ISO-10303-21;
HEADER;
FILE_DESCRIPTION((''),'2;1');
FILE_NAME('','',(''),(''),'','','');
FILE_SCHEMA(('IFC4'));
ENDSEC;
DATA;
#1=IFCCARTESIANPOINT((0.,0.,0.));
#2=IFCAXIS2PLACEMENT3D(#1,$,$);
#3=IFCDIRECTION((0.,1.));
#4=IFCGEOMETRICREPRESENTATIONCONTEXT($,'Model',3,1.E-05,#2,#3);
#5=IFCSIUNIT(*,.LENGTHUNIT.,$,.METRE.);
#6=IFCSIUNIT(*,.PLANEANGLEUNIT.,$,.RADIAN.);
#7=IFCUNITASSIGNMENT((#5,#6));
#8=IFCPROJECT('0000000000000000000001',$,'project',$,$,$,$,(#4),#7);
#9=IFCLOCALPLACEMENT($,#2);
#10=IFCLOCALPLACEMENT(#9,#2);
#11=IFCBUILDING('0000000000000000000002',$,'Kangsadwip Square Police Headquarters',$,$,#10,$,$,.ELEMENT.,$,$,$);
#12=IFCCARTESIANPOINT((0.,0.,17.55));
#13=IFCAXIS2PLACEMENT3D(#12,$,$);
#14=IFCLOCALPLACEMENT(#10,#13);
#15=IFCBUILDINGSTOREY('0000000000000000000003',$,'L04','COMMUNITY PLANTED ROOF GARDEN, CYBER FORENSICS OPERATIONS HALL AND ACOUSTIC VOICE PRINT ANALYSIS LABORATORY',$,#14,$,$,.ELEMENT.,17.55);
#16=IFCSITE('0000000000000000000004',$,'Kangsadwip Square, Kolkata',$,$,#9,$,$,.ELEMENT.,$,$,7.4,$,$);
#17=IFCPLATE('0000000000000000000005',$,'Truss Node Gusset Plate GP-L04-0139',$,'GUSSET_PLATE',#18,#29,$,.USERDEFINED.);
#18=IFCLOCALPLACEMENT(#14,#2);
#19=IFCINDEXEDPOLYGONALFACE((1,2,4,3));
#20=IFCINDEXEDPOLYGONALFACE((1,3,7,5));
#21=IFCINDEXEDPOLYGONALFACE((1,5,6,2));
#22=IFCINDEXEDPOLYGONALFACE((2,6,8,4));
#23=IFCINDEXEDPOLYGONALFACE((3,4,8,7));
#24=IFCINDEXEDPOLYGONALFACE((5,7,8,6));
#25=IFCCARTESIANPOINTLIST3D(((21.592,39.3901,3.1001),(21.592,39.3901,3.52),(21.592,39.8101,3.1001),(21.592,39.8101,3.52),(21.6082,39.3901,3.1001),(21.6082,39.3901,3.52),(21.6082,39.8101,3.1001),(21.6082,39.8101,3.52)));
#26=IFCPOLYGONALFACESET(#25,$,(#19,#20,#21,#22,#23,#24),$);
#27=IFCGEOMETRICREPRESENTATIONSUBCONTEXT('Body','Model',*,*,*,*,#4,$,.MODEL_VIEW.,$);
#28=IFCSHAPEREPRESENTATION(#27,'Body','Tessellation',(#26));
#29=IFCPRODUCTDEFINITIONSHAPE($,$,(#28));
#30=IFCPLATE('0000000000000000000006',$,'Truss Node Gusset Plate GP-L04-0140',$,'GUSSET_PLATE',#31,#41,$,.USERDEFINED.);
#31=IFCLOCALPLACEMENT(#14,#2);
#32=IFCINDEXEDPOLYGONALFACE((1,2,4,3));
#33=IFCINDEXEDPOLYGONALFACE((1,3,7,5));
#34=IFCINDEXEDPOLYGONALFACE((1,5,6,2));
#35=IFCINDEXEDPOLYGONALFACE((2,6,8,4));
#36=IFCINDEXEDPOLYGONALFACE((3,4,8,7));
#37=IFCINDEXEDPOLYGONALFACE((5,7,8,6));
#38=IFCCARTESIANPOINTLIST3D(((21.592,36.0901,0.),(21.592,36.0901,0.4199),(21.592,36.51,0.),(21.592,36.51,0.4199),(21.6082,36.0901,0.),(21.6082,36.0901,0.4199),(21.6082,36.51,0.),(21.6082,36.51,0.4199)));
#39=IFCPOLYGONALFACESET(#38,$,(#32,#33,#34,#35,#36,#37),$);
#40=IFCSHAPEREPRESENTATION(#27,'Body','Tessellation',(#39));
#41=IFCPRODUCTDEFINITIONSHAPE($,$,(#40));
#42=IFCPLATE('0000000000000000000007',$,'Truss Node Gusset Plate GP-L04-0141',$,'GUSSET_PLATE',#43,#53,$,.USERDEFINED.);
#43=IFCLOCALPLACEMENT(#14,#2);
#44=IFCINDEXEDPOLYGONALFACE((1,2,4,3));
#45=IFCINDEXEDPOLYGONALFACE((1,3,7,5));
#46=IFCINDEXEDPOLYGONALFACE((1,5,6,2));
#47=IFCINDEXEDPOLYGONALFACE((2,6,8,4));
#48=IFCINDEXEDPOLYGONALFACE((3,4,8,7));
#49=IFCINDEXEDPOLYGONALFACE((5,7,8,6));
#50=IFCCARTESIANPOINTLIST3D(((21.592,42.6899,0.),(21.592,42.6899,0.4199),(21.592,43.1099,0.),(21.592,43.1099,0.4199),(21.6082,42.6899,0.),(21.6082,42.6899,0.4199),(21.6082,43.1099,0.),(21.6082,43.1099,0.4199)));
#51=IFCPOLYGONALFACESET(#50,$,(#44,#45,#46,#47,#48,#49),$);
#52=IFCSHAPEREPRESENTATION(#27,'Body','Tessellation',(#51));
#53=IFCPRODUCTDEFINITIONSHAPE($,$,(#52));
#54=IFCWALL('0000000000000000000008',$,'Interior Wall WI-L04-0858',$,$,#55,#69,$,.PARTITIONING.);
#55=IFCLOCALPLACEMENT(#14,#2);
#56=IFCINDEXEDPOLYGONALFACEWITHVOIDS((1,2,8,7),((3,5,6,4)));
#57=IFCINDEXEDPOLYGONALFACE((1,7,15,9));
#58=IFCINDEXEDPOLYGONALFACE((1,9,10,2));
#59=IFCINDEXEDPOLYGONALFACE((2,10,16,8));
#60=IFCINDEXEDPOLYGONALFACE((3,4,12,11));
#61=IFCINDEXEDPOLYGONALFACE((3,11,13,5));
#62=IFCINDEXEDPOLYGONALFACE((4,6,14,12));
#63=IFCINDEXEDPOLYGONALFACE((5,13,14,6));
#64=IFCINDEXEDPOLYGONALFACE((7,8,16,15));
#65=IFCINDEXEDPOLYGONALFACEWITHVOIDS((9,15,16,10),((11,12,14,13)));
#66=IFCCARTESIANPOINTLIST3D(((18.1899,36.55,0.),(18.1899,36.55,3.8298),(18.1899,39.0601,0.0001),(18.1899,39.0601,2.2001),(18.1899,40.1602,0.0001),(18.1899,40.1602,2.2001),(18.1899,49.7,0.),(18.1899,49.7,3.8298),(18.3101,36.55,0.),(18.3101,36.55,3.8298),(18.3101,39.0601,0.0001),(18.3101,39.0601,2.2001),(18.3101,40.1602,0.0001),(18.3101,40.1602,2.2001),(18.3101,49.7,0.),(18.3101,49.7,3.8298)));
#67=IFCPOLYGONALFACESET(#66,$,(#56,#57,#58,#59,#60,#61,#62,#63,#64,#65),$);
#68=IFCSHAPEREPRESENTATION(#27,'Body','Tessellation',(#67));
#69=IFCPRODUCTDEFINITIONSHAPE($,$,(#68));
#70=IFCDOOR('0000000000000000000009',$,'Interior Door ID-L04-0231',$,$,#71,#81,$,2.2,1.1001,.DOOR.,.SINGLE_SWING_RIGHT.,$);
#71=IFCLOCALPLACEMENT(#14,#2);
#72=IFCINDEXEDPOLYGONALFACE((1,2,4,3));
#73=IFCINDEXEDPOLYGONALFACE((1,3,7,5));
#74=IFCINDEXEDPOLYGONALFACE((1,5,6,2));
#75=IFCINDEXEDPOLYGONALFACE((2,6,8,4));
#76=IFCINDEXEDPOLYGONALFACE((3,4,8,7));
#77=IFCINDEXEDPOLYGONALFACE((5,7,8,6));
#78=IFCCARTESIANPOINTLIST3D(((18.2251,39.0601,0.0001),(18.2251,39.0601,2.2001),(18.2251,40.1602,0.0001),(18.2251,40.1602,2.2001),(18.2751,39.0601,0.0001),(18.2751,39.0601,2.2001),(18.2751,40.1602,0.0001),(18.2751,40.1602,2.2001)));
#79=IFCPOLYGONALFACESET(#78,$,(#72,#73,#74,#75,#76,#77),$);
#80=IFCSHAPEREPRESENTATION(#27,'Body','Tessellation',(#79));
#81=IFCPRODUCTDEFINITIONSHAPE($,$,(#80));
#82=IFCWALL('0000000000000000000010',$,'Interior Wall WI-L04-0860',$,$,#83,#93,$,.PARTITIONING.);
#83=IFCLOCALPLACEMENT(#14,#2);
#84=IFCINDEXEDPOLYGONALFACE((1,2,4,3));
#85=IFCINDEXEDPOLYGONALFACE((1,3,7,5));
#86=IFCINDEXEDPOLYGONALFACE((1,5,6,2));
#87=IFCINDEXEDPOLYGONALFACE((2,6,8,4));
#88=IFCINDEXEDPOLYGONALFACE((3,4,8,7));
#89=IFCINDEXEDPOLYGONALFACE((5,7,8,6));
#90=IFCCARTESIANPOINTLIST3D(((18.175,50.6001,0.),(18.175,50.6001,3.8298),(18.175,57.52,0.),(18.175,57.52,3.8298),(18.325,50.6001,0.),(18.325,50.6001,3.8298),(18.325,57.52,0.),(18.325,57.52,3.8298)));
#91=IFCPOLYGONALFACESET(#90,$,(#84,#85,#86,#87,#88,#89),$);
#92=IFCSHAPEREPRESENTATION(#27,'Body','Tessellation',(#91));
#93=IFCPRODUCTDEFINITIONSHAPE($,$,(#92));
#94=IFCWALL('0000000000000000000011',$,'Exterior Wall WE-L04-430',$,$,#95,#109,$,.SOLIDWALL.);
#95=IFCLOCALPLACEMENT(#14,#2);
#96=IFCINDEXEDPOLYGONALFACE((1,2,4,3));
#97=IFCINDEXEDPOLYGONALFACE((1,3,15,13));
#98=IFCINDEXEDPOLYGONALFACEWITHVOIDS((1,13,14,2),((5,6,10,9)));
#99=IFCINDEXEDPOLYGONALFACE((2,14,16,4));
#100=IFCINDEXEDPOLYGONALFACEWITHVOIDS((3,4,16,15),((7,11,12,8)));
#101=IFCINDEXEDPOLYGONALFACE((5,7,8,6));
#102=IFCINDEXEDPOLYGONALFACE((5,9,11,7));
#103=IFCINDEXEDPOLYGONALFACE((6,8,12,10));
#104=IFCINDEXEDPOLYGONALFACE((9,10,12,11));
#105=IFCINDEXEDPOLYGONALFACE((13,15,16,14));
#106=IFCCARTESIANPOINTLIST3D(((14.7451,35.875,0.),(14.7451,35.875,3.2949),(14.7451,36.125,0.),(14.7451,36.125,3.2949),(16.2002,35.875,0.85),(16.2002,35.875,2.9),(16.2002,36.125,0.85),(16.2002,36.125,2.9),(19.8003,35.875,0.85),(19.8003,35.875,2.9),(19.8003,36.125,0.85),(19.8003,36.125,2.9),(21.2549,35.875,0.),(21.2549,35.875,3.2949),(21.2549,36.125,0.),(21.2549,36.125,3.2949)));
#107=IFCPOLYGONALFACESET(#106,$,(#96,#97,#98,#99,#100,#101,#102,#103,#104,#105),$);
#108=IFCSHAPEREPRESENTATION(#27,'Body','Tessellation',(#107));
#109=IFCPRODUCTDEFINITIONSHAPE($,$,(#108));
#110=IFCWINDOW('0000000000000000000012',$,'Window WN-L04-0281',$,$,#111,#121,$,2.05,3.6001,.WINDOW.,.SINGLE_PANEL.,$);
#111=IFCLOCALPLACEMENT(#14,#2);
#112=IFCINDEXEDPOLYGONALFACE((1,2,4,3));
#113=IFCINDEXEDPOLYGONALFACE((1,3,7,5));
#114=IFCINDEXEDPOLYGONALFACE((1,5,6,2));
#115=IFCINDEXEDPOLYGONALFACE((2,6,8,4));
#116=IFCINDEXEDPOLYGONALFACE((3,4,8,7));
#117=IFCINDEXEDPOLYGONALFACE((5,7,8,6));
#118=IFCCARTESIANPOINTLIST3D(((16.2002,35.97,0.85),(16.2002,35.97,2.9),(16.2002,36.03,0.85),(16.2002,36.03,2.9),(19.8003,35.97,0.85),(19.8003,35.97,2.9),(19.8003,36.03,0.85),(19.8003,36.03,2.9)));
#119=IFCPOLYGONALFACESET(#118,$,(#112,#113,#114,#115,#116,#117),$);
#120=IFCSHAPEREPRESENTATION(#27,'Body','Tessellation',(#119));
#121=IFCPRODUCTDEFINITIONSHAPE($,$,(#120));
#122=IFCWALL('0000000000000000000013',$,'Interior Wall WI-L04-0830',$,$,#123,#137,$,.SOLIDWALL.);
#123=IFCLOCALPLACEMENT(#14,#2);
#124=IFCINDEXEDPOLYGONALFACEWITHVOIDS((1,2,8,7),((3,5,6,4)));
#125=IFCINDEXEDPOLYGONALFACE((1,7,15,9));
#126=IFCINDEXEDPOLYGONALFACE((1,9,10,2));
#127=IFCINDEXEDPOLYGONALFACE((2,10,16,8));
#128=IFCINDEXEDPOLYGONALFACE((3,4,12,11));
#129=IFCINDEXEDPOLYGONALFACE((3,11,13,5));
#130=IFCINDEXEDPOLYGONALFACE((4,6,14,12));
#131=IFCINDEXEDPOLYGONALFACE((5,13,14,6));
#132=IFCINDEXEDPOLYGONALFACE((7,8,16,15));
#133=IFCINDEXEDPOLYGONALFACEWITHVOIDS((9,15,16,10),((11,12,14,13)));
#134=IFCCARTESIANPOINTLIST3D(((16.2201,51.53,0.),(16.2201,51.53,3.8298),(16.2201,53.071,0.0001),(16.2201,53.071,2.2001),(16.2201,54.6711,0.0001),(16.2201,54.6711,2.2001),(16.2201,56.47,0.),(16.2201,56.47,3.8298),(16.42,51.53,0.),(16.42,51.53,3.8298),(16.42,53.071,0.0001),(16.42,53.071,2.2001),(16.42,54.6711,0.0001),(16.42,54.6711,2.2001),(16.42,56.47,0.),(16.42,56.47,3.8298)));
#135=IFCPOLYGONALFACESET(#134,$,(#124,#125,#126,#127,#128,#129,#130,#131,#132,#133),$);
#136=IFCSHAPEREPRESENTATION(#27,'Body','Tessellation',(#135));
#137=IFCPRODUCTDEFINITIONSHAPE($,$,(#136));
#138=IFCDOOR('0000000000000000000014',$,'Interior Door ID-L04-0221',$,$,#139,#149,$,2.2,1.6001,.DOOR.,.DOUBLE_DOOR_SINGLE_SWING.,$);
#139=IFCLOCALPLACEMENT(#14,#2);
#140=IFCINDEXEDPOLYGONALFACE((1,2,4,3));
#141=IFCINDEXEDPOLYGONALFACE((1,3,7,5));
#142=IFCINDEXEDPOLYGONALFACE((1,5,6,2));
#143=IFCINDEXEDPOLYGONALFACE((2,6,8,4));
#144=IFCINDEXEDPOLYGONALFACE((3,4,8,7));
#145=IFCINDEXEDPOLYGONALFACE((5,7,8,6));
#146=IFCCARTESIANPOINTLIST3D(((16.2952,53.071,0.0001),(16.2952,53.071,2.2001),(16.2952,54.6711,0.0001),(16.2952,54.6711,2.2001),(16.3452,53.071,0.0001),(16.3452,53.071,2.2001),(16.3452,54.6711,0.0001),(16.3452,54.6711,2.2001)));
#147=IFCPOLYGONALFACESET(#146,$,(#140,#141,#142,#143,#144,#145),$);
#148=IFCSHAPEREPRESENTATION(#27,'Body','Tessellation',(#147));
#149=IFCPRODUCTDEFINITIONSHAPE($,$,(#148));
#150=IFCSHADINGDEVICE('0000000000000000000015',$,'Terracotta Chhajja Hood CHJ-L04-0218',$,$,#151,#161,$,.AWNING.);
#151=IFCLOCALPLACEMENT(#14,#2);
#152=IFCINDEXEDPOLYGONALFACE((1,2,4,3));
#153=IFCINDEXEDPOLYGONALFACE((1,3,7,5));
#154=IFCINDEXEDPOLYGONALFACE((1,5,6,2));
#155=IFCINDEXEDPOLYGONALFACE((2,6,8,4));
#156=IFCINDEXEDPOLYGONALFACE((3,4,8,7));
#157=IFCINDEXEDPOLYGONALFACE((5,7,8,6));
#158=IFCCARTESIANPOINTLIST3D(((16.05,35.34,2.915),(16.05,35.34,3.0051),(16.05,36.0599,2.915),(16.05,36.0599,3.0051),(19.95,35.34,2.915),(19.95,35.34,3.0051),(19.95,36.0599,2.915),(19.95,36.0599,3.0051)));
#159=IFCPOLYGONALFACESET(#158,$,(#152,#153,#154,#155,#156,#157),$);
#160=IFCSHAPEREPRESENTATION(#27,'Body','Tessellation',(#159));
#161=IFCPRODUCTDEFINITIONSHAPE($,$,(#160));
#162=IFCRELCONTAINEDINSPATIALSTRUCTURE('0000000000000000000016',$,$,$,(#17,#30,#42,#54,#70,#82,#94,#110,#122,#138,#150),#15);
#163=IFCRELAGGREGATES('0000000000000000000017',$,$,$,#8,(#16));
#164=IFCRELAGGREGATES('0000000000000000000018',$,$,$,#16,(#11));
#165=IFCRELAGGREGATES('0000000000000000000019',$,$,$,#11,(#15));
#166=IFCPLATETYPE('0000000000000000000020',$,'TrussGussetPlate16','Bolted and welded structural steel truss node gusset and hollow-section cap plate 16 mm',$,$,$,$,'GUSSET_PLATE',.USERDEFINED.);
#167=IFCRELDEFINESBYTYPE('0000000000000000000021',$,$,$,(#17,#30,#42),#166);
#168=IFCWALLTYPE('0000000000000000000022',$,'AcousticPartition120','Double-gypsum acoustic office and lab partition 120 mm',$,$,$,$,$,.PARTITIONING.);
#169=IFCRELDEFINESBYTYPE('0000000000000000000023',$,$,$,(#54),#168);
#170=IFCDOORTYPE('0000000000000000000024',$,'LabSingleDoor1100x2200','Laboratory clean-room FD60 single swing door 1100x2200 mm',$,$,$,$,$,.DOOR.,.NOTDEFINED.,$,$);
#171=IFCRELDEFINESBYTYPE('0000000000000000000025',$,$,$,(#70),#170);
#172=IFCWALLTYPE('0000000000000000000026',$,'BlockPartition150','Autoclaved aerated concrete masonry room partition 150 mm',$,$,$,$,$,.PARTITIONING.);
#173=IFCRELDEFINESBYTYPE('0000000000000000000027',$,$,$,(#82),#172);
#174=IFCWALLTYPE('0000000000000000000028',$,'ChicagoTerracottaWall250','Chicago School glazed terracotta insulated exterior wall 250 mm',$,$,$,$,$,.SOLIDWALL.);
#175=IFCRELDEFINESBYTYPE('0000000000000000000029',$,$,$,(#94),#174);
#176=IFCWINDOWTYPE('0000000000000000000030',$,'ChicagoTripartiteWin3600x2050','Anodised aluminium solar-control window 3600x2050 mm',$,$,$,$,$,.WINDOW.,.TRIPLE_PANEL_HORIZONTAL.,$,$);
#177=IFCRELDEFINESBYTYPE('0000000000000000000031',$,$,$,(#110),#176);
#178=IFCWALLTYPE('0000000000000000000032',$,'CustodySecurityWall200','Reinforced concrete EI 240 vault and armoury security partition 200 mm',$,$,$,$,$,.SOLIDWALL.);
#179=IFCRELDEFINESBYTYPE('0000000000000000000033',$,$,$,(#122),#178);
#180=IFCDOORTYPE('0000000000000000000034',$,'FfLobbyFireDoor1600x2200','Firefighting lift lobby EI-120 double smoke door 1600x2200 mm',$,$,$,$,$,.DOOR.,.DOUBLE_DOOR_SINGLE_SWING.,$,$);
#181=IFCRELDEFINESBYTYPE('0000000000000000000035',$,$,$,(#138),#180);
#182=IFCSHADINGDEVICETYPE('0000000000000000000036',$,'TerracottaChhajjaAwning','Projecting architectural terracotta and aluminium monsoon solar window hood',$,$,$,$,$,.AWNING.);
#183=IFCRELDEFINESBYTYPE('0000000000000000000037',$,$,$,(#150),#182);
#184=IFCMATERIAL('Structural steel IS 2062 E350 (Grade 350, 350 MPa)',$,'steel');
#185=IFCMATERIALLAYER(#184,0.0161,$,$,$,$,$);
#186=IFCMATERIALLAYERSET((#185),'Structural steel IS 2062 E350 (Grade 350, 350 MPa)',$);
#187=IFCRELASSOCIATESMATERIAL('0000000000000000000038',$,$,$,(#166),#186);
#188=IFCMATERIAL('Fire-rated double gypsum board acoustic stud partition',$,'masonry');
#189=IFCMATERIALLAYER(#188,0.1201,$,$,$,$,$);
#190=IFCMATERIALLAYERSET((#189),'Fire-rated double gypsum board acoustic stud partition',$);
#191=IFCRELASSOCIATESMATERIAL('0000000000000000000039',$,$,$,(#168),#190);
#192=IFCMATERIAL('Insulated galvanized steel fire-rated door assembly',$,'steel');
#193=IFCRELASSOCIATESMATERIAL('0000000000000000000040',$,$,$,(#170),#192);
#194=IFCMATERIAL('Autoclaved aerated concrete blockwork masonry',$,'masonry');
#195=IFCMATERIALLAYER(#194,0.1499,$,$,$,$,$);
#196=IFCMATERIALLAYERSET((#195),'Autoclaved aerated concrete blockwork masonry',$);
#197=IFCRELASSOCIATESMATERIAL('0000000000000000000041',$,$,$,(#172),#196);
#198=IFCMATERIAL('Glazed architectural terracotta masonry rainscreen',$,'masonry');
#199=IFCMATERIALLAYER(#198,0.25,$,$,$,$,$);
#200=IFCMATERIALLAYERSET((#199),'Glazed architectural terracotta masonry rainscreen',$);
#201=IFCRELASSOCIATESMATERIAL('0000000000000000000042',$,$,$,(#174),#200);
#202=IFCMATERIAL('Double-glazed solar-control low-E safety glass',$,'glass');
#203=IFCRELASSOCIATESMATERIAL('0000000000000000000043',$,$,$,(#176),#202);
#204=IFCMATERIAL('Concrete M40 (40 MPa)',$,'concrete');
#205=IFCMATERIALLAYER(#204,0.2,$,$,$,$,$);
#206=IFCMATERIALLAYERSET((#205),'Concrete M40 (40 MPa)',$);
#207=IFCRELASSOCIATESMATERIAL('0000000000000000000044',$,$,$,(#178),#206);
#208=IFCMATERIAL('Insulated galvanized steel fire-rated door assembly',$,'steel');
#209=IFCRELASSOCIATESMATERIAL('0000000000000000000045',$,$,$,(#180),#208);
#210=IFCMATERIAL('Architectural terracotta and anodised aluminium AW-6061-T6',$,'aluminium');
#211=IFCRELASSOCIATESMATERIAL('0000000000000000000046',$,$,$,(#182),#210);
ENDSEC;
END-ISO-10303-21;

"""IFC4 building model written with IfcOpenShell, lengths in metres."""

from ifc_helpers import new_model, si_unit, direction, frame, frame_2d, origin, origin_2d, place, context, subcontext, project, spatial, rectangle, extrude, material, layer, layer_set, type_object, element, fill, save


model = new_model("IFC4")

# Units and contexts
model_context = context("Model", 3, precision=1e-05, world=origin(), true_north=direction((0.0, 1.0)))
body_context = subcontext(model_context, "Body", "Model", "MODEL_VIEW")
ifc_project = project(units=[si_unit("LENGTHUNIT", "METRE"), si_unit("PLANEANGLEUNIT", "RADIAN")], contexts=[model_context])

# Site, building, storey
site_placement = place(None, origin())
site = spatial("IfcSite", under=ifc_project, at=site_placement, Name="Kangsadwip Square, Kolkata", CompositionType="ELEMENT", RefElevation=7.4)
building_placement = place(site_placement, origin())
building = spatial("IfcBuilding", under=site, at=building_placement, Name="Kangsadwip Square Police Headquarters", CompositionType="ELEMENT")
storey_placement = place(building_placement, frame((0.0, 0.0, 17.55)))
storey = spatial("IfcBuildingStorey", under=building, at=storey_placement, Name="L04", Description="COMMUNITY PLANTED ROOF GARDEN, CYBER FORENSICS OPERATIONS HALL AND ACOUSTIC VOICE PRINT ANALYSIS LABORATORY", CompositionType="ELEMENT", Elevation=17.55)

# Plates
ifc_material_1 = material(Name="Structural steel IS 2062 E350 (Grade 350, 350 MPa)", Category="steel")
ifc_layer_1 = layer(ifc_material_1, 0.0161)
ifc_layer_set_1 = layer_set([ifc_layer_1], Name="Structural steel IS 2062 E350 (Grade 350, 350 MPa)")
plate_type = type_object("IfcPlateType", Name="TrussGussetPlate16", Description="Bolted and welded structural steel truss node gusset and hollow-section cap plate 16 mm", ElementType="GUSSET_PLATE", PredefinedType="USERDEFINED", material=ifc_layer_set_1)
for number, where, z_axis, x_axis, name in (
    (1, (21.6001, 39.6001, 3.1001), (0.0, 0.0, 1.0), (0.0, 1.0, 0.0), "Truss Node Gusset Plate GP-L04-0139"),
    (2, (21.6001, 36.3, 0.0), (0.0, 0.0, 1.0), (0.0, 1.0, 0.0), "Truss Node Gusset Plate GP-L04-0140"),
    (3, (21.6001, 42.8999, 0.0), (0.0, 0.0, 1.0), (0.0, 1.0, 0.0), "Truss Node Gusset Plate GP-L04-0141"),
):
    element("IfcPlate", number, at=place(storey_placement, frame(where, z_axis=z_axis, x_axis=x_axis)), inside=storey, type_object=plate_type, Name=name, ObjectType="GUSSET_PLATE", PredefinedType="USERDEFINED", context=body_context, shape_type="SweptSolid", body=[
        extrude(rectangle(XDim=0.4199, YDim=0.0161, at=origin_2d()), origin(), (0.0, 0.0, 1.0), 0.4199),
    ])

# Wall, opening, door
ifc_material_2 = material(Name="Fire-rated double gypsum board acoustic stud partition", Category="masonry")
ifc_layer_2 = layer(ifc_material_2, 0.1201)
ifc_layer_set_2 = layer_set([ifc_layer_2], Name="Fire-rated double gypsum board acoustic stud partition")
wall_type_1 = type_object("IfcWallType", Name="AcousticPartition120", Description="Double-gypsum acoustic office and lab partition 120 mm", PredefinedType="PARTITIONING", material=ifc_layer_set_2)
wall_1_placement = place(storey_placement, frame((18.25, 36.55, 0.0), z_axis=(0.0, 0.0, 1.0), x_axis=(0.0, 1.0, 0.0)))
wall_1 = element("IfcWall", 4, at=wall_1_placement, inside=storey, type_object=wall_type_1, Name="Interior Wall WI-L04-0858", PredefinedType="PARTITIONING", context=body_context, shape_type="SweptSolid", body=[
    extrude(rectangle(XDim=13.1499, YDim=0.1201, at=frame_2d((6.575, 0.0))), origin(), (0.0, 0.0, 1.0), 3.8298),
])
opening_1_placement = place(wall_1_placement, frame((2.51, 0.0, 0.0)))
opening_1 = element("IfcOpeningElement", 5, at=opening_1_placement, cuts=wall_1, PredefinedType="OPENING", context=body_context, shape_type="SweptSolid", body=[
    extrude(rectangle(XDim=1.1001, YDim=2.2, at=frame_2d((0.55, 1.1001))), frame((0.0, 0.0701, 0.0), z_axis=(0.0, -1.0, 0.0), x_axis=(1.0, 0.0, 0.0)), (0.0, 0.0, 1.0), 0.1401),
])
ifc_material_3 = material(Name="Insulated galvanized steel fire-rated door assembly", Category="steel")
door_type_1 = type_object("IfcDoorType", Name="LabSingleDoor1100x2200", Description="Laboratory clean-room FD60 single swing door 1100x2200 mm", OperationType="NOTDEFINED", PredefinedType="DOOR", material=ifc_material_3)
door_1_placement = place(opening_1_placement, origin())
door_1 = element("IfcDoor", 6, at=door_1_placement, inside=storey, type_object=door_type_1, Name="Interior Door ID-L04-0231", OperationType="SINGLE_SWING_RIGHT", OverallHeight=2.2, OverallWidth=1.1001, PredefinedType="DOOR", context=body_context, shape_type="SweptSolid", body=[
    extrude(rectangle(XDim=1.1001, YDim=2.2, at=frame_2d((0.55, 1.1001))), frame((0.0, 0.0249, 0.0), z_axis=(0.0, -1.0, 0.0), x_axis=(1.0, 0.0, 0.0)), (0.0, 0.0, 1.0), 0.05),
])
fill(opening_1, door_1)

# Wall
ifc_material_4 = material(Name="Autoclaved aerated concrete blockwork masonry", Category="masonry")
ifc_layer_3 = layer(ifc_material_4, 0.1499)
ifc_layer_set_3 = layer_set([ifc_layer_3], Name="Autoclaved aerated concrete blockwork masonry")
wall_type_2 = type_object("IfcWallType", Name="BlockPartition150", Description="Autoclaved aerated concrete masonry room partition 150 mm", PredefinedType="PARTITIONING", material=ifc_layer_set_3)
wall_2_placement = place(storey_placement, frame((18.25, 50.6001, 0.0), z_axis=(0.0, 0.0, 1.0), x_axis=(0.0, 1.0, 0.0)))
element("IfcWall", 7, at=wall_2_placement, inside=storey, type_object=wall_type_2, Name="Interior Wall WI-L04-0860", PredefinedType="PARTITIONING", context=body_context, shape_type="SweptSolid", body=[
    extrude(rectangle(XDim=6.9199, YDim=0.1499, at=frame_2d((3.46, 0.0))), origin(), (0.0, 0.0, 1.0), 3.8298),
])

# Wall, opening, window
ifc_material_5 = material(Name="Glazed architectural terracotta masonry rainscreen", Category="masonry")
ifc_layer_4 = layer(ifc_material_5, 0.25)
ifc_layer_set_4 = layer_set([ifc_layer_4], Name="Glazed architectural terracotta masonry rainscreen")
wall_type_3 = type_object("IfcWallType", Name="ChicagoTerracottaWall250", Description="Chicago School glazed terracotta insulated exterior wall 250 mm", PredefinedType="SOLIDWALL", material=ifc_layer_set_4)
wall_3_placement = place(storey_placement, frame((14.7451, 36.0, 0.0), z_axis=(0.0, 0.0, 1.0), x_axis=(1.0, 0.0, 0.0)))
wall_3 = element("IfcWall", 8, at=wall_3_placement, inside=storey, type_object=wall_type_3, Name="Exterior Wall WE-L04-430", PredefinedType="SOLIDWALL", context=body_context, shape_type="SweptSolid", body=[
    extrude(rectangle(XDim=6.5098, YDim=0.25, at=frame_2d((3.2549, 0.0))), origin(), (0.0, 0.0, 1.0), 3.2949),
])
opening_2_placement = place(wall_3_placement, frame((1.4551, 0.0, 0.8501)))
opening_2 = element("IfcOpeningElement", 9, at=opening_2_placement, cuts=wall_3, PredefinedType="OPENING", context=body_context, shape_type="SweptSolid", body=[
    extrude(rectangle(XDim=3.6001, YDim=2.05, at=frame_2d((1.8, 1.0249))), frame((0.0, 0.135, 0.0), z_axis=(0.0, -1.0, 0.0), x_axis=(1.0, 0.0, 0.0)), (0.0, 0.0, 1.0), 0.27),
])
ifc_material_6 = material(Name="Double-glazed solar-control low-E safety glass", Category="glass")
window_type = type_object("IfcWindowType", Name="ChicagoTripartiteWin3600x2050", Description="Anodised aluminium solar-control window 3600x2050 mm", PartitioningType="TRIPLE_PANEL_HORIZONTAL", PredefinedType="WINDOW", material=ifc_material_6)
window_placement = place(opening_2_placement, origin())
window = element("IfcWindow", 10, at=window_placement, inside=storey, type_object=window_type, Name="Window WN-L04-0281", OverallHeight=2.05, OverallWidth=3.6001, PartitioningType="SINGLE_PANEL", PredefinedType="WINDOW", context=body_context, shape_type="SweptSolid", body=[
    extrude(rectangle(XDim=3.6001, YDim=2.05, at=frame_2d((1.8, 1.0249))), frame((0.0, 0.03, 0.0), z_axis=(0.0, -1.0, 0.0), x_axis=(1.0, 0.0, 0.0)), (0.0, 0.0, 1.0), 0.0601),
])
fill(opening_2, window)

# Wall, opening, door
ifc_material_7 = material(Name="Concrete M40 (40 MPa)", Category="concrete")
ifc_layer_5 = layer(ifc_material_7, 0.2)
ifc_layer_set_5 = layer_set([ifc_layer_5], Name="Concrete M40 (40 MPa)")
wall_type_4 = type_object("IfcWallType", Name="CustodySecurityWall200", Description="Reinforced concrete EI 240 vault and armoury security partition 200 mm", PredefinedType="SOLIDWALL", material=ifc_layer_set_5)
wall_4_placement = place(storey_placement, frame((16.3201, 51.53, 0.0), z_axis=(0.0, 0.0, 1.0), x_axis=(0.0, 1.0, 0.0)))
wall_4 = element("IfcWall", 11, at=wall_4_placement, inside=storey, type_object=wall_type_4, Name="Interior Wall WI-L04-0830", PredefinedType="SOLIDWALL", context=body_context, shape_type="SweptSolid", body=[
    extrude(rectangle(XDim=4.9399, YDim=0.2, at=frame_2d((2.47, 0.0))), origin(), (0.0, 0.0, 1.0), 3.8298),
])
opening_3_placement = place(wall_4_placement, frame((1.541, 0.0, 0.0)))
opening_3 = element("IfcOpeningElement", 12, at=opening_3_placement, cuts=wall_4, PredefinedType="OPENING", context=body_context, shape_type="SweptSolid", body=[
    extrude(rectangle(XDim=1.6001, YDim=2.2, at=frame_2d((0.8, 1.1001))), frame((0.0, 0.1099, 0.0), z_axis=(0.0, -1.0, 0.0), x_axis=(1.0, 0.0, 0.0)), (0.0, 0.0, 1.0), 0.22),
])
ifc_material_8 = material(Name="Insulated galvanized steel fire-rated door assembly", Category="steel")
door_type_2 = type_object("IfcDoorType", Name="FfLobbyFireDoor1600x2200", Description="Firefighting lift lobby EI-120 double smoke door 1600x2200 mm", OperationType="DOUBLE_DOOR_SINGLE_SWING", PredefinedType="DOOR", material=ifc_material_8)
door_2_placement = place(opening_3_placement, origin())
door_2 = element("IfcDoor", 13, at=door_2_placement, inside=storey, type_object=door_type_2, Name="Interior Door ID-L04-0221", OperationType="DOUBLE_DOOR_SINGLE_SWING", OverallHeight=2.2, OverallWidth=1.6001, PredefinedType="DOOR", context=body_context, shape_type="SweptSolid", body=[
    extrude(rectangle(XDim=1.6001, YDim=2.2, at=frame_2d((0.8, 1.1001))), frame((0.0, 0.0249, 0.0), z_axis=(0.0, -1.0, 0.0), x_axis=(1.0, 0.0, 0.0)), (0.0, 0.0, 1.0), 0.05),
])
fill(opening_3, door_2)

# Shading device
ifc_material_9 = material(Name="Architectural terracotta and anodised aluminium AW-6061-T6", Category="aluminium")
shading_device_type = type_object("IfcShadingDeviceType", Name="TerracottaChhajjaAwning", Description="Projecting architectural terracotta and aluminium monsoon solar window hood", PredefinedType="AWNING", material=ifc_material_9)
shading_device_placement = place(storey_placement, frame((18.0, 35.7, 2.915), z_axis=(0.0, 0.0, 1.0), x_axis=(1.0, 0.0, 0.0)))
element("IfcShadingDevice", 14, at=shading_device_placement, inside=storey, type_object=shading_device_type, Name="Terracotta Chhajja Hood CHJ-L04-0218", PredefinedType="AWNING", context=body_context, shape_type="SweptSolid", body=[
    extrude(rectangle(XDim=3.8999, YDim=0.72, at=origin_2d()), origin(), (0.0, 0.0, 1.0), 0.0901),
])

save(model, "model.ifc")
